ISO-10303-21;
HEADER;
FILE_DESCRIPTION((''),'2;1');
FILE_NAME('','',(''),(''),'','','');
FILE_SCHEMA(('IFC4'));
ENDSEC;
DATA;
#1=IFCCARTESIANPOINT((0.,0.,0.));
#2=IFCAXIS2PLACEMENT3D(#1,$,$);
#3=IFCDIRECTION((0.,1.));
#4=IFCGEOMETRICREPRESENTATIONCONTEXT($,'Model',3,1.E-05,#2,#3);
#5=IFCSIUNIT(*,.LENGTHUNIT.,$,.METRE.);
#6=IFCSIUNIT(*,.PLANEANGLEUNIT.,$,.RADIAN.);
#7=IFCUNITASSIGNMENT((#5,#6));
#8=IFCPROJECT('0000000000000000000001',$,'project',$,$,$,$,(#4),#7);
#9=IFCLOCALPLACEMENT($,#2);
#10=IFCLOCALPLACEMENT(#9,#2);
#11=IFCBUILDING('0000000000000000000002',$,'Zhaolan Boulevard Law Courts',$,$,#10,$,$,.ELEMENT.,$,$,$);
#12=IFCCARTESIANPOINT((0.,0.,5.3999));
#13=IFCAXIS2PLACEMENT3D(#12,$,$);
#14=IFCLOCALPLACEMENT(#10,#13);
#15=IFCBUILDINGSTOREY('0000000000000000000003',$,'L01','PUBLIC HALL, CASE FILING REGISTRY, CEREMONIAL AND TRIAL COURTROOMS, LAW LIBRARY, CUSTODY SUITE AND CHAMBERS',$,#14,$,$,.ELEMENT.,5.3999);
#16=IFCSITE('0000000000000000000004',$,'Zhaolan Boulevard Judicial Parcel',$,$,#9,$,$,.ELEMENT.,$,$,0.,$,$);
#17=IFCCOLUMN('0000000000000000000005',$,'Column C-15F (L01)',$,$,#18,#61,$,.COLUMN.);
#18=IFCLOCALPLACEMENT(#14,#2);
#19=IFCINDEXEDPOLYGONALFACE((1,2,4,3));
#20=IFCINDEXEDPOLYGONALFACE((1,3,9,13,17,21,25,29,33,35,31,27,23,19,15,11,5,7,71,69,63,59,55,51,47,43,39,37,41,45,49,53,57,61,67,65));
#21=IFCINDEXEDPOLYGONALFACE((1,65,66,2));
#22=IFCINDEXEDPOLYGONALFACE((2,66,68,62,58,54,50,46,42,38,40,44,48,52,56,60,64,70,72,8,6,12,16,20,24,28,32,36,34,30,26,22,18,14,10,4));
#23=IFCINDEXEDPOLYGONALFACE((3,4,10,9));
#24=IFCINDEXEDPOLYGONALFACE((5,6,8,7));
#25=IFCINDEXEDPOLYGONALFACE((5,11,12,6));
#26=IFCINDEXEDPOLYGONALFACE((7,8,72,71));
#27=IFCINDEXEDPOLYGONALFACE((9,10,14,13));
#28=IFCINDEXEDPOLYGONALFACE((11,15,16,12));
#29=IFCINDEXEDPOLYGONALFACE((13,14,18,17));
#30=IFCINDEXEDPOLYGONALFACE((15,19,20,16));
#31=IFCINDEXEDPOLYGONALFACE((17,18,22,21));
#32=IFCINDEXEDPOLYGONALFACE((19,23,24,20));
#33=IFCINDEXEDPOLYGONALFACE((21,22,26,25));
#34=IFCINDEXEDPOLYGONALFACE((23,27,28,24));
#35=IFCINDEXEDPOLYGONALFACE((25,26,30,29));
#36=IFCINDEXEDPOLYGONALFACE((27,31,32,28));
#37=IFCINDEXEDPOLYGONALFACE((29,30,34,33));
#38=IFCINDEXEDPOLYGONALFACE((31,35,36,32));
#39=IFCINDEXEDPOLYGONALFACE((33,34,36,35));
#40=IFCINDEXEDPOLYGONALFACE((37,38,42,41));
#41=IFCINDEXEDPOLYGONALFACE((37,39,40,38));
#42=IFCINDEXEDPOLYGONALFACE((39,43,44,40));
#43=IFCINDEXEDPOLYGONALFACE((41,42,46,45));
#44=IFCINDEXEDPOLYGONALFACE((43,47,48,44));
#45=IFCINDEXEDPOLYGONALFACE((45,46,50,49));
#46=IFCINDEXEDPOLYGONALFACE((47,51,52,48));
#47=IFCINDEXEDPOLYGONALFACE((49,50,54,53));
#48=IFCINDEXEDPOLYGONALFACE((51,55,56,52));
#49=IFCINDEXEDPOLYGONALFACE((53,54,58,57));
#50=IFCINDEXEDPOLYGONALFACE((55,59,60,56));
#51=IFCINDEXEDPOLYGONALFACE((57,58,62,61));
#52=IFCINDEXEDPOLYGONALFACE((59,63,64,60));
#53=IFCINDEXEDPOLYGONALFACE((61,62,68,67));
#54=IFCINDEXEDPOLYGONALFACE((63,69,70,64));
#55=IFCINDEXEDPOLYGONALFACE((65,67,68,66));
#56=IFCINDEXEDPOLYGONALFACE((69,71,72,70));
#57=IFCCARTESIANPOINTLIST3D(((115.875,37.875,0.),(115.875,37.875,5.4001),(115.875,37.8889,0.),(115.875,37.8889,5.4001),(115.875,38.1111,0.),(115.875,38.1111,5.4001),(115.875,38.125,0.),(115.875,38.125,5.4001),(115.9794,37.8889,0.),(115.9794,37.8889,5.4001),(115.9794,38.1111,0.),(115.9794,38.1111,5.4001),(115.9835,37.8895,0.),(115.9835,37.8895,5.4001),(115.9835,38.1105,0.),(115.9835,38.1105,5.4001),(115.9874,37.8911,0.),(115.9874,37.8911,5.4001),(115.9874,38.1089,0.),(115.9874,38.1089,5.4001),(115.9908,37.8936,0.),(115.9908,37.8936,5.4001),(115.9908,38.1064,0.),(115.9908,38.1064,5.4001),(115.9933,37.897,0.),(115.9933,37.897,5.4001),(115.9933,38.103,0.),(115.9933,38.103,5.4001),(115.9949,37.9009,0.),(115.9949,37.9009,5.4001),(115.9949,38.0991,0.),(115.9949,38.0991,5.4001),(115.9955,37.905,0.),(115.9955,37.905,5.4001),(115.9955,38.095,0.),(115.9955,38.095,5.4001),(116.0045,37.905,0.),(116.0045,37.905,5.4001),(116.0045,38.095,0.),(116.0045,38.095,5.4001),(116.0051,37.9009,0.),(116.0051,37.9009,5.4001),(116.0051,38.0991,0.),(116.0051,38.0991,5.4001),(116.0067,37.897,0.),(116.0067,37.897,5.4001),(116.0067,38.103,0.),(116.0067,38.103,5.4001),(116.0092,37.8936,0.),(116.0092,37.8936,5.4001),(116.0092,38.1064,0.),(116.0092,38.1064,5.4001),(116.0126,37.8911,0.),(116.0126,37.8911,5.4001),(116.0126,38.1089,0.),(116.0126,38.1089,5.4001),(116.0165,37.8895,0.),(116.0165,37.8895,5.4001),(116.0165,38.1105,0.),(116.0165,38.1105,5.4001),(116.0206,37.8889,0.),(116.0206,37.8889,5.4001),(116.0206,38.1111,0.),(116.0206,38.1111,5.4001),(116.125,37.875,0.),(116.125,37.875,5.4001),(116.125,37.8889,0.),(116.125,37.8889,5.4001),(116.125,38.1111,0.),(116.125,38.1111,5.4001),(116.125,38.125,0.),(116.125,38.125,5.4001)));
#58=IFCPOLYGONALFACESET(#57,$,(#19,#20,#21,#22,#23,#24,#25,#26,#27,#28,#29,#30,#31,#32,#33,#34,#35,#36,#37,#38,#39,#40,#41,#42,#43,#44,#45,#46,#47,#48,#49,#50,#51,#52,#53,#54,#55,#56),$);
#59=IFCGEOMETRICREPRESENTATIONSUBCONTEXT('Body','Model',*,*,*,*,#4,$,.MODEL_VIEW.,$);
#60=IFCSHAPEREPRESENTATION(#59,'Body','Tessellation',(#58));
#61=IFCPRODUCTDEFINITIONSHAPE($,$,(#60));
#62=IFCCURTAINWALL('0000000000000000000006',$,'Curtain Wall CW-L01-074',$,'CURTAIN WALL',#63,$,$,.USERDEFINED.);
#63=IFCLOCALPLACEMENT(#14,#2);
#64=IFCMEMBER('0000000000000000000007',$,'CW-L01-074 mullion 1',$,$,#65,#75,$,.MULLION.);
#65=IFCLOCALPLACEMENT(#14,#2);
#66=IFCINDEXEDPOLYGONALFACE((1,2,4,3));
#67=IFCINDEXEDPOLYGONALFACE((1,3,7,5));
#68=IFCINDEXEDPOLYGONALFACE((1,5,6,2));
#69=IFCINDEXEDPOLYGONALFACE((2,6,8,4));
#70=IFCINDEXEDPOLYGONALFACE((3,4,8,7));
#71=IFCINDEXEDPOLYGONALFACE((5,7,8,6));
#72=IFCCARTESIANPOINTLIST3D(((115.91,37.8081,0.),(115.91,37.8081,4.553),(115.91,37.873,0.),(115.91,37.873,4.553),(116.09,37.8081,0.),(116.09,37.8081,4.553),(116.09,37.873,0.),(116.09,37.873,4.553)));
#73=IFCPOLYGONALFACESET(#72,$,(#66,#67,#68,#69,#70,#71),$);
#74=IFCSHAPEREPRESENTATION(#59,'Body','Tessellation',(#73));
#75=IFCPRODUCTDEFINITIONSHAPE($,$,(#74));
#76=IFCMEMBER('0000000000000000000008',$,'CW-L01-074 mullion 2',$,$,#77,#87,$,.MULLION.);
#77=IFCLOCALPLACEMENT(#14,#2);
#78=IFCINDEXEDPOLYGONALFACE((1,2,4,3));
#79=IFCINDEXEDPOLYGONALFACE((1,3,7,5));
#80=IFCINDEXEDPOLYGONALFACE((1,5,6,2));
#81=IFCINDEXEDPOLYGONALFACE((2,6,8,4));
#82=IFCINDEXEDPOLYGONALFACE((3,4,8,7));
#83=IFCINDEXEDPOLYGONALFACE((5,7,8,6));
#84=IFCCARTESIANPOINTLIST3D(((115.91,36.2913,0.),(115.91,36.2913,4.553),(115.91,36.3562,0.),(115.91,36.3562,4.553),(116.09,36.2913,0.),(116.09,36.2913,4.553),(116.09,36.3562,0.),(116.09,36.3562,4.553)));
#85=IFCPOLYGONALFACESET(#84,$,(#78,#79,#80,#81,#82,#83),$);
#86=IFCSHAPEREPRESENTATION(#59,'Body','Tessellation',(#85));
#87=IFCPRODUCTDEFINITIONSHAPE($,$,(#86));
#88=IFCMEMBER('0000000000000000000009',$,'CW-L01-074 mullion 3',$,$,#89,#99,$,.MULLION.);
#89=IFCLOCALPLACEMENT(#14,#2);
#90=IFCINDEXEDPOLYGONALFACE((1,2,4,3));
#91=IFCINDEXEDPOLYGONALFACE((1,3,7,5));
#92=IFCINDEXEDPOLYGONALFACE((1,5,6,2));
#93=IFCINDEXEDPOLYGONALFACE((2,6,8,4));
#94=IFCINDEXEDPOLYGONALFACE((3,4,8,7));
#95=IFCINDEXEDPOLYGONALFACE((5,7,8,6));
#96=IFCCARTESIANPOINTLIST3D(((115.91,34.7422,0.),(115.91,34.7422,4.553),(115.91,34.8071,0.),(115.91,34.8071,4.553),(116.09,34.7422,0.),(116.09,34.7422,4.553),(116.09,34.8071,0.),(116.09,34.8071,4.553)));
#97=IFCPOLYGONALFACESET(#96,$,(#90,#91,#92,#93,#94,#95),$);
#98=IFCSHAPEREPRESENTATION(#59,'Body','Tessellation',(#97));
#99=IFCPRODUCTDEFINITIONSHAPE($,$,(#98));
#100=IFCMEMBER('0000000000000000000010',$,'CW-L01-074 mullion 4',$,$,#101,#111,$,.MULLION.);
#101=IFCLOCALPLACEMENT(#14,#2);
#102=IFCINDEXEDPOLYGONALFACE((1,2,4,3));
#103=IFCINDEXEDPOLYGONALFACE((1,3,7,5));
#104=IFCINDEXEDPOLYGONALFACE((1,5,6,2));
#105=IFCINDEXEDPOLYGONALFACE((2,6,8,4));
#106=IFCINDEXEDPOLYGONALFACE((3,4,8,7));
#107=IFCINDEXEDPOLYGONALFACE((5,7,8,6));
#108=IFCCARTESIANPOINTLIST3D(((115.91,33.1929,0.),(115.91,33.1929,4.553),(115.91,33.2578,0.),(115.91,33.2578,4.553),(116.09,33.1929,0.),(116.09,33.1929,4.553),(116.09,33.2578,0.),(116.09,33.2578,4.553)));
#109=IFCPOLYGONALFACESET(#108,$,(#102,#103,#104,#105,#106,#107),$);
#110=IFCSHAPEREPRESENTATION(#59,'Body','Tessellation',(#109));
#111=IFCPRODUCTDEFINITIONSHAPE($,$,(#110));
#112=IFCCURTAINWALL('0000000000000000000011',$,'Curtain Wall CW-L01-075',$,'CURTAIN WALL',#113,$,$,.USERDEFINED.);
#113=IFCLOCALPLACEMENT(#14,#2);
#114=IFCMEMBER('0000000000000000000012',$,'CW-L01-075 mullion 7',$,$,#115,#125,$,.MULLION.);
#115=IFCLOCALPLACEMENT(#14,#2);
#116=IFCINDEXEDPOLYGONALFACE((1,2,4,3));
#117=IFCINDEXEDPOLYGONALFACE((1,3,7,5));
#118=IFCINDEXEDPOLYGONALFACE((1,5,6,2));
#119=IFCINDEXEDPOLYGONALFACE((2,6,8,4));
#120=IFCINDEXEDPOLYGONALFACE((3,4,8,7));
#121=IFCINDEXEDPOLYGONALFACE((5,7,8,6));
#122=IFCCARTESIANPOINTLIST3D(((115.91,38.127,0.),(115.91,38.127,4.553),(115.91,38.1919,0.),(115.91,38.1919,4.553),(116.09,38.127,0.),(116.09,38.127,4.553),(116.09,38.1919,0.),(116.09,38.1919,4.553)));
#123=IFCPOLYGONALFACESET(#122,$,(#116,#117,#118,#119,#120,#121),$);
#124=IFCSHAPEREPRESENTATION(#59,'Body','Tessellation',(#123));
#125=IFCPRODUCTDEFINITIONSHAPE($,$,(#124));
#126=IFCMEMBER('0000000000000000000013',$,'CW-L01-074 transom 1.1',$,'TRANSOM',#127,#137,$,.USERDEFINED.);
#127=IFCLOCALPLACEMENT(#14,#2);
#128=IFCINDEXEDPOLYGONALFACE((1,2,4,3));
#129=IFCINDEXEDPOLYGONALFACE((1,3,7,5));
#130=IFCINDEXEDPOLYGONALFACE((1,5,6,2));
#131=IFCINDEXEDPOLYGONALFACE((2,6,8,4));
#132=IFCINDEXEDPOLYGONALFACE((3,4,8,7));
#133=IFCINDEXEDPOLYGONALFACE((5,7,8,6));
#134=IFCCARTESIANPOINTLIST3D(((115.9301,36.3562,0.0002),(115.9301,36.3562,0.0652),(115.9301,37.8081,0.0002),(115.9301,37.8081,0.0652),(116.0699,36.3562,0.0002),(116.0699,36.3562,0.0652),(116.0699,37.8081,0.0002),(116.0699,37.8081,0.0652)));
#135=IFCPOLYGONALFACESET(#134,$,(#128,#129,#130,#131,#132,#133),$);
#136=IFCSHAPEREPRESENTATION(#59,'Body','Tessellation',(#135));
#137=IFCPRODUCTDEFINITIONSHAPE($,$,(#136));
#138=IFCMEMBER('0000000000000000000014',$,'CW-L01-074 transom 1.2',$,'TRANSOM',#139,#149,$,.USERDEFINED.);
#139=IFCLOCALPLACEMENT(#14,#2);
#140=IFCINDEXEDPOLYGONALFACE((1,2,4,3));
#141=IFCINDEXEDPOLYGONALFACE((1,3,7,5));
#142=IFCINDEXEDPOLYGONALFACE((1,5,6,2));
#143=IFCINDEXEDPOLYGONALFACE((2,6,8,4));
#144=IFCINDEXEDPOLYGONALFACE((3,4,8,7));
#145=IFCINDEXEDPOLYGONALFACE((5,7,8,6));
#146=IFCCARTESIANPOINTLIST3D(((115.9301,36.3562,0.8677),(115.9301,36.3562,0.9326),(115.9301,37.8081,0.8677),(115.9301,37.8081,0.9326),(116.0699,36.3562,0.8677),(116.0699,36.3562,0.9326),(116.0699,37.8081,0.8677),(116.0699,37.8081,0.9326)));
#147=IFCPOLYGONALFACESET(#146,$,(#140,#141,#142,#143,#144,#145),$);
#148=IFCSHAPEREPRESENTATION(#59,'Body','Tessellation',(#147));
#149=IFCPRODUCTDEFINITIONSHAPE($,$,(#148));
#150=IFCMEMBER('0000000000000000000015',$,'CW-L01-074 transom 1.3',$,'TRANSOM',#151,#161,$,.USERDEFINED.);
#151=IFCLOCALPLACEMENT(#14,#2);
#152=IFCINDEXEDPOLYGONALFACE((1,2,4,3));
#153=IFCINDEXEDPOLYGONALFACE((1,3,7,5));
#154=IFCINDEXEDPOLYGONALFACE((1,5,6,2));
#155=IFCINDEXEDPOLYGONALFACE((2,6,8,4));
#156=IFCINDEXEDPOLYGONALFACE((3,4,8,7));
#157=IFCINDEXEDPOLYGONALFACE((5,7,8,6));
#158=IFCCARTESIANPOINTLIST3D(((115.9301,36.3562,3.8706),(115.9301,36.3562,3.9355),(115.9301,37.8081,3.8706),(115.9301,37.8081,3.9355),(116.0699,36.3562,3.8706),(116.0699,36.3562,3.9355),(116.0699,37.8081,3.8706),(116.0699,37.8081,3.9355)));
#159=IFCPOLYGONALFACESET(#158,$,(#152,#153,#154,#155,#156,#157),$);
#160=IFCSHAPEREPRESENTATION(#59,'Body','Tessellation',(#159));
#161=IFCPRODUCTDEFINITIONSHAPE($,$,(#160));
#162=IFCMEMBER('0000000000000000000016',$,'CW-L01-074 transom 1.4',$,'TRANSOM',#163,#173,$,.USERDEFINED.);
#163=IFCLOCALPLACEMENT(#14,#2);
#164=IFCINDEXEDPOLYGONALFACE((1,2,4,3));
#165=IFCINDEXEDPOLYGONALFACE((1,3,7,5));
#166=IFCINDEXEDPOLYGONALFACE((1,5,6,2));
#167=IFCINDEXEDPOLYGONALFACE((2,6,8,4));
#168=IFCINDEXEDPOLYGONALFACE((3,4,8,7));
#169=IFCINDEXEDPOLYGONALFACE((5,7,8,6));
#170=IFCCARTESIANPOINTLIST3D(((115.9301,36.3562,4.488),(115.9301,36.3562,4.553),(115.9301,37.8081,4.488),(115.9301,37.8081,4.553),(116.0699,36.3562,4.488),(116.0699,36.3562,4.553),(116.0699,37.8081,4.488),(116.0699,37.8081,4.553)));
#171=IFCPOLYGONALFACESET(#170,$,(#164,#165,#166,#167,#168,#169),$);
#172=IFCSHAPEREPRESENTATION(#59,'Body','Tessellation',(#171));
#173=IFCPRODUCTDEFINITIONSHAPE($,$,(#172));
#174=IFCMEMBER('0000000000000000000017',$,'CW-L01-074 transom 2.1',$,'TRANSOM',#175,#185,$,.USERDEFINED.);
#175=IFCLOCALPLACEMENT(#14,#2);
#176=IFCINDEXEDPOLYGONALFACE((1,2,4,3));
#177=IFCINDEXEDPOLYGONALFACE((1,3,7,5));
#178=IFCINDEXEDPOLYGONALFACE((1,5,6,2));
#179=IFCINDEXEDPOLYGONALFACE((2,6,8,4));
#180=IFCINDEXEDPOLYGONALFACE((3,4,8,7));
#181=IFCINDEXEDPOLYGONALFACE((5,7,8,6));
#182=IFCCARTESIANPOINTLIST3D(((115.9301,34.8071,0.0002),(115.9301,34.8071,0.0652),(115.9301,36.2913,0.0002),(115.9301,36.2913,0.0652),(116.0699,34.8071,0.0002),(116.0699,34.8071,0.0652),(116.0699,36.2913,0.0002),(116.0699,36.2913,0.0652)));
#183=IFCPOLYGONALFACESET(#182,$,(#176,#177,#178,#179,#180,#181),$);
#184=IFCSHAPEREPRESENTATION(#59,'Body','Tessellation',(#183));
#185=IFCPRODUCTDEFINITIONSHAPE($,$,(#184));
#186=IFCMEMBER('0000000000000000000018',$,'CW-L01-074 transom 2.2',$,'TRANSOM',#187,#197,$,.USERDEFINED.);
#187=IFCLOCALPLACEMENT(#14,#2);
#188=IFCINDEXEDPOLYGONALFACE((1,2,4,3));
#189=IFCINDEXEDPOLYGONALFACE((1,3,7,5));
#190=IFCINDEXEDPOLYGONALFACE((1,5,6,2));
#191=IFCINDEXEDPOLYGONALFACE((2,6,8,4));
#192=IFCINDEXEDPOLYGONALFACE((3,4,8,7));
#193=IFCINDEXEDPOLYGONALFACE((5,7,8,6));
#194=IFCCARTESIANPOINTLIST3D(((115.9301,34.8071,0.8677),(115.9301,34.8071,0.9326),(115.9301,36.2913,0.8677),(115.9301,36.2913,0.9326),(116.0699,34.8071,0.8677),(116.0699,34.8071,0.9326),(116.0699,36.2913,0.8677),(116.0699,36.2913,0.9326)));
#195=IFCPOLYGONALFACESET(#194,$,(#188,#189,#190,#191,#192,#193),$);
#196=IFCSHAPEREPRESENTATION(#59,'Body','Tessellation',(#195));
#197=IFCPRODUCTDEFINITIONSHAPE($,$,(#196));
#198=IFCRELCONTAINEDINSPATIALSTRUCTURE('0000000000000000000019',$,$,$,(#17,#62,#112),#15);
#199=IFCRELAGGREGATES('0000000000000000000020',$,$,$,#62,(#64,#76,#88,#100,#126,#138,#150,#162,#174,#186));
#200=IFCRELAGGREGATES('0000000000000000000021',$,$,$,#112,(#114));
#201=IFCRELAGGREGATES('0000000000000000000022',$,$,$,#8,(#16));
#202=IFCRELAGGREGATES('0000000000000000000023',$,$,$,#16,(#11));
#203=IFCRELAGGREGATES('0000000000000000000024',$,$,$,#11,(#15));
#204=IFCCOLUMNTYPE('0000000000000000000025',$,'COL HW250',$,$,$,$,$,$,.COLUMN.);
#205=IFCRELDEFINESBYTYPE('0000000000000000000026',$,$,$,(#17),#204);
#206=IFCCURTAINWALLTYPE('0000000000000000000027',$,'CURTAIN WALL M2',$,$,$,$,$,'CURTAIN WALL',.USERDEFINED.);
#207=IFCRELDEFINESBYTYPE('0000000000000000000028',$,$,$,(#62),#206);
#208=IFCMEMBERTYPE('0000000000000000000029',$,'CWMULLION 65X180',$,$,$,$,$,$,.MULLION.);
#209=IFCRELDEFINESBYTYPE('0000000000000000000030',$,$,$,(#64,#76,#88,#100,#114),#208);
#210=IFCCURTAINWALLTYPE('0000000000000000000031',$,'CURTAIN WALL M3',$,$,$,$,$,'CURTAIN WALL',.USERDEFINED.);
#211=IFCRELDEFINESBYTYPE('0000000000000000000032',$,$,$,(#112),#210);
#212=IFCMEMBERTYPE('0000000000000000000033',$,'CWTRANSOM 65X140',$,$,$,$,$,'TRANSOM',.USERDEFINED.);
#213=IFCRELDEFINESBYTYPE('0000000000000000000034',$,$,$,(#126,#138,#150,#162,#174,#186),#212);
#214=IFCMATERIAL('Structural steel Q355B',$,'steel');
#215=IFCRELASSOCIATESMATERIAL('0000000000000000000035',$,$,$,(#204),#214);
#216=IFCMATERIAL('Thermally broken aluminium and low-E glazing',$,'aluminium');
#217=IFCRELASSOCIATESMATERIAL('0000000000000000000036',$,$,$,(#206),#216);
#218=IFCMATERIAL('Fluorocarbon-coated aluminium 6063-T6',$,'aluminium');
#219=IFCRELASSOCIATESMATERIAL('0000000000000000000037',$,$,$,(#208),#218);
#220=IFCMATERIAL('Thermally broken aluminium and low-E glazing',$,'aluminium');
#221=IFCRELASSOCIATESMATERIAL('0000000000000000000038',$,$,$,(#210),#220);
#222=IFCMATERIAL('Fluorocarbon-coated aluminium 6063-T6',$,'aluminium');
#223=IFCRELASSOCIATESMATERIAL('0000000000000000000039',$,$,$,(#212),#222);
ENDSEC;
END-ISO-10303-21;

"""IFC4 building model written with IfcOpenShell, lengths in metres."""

from ifc_helpers import new_model, si_unit, direction, frame, origin, origin_2d, place, context, subcontext, project, spatial, rectangle, i_section, extrude, material, material_profile, profile_set, type_object, element, aggregate, save


model = new_model("IFC4")

# Units and contexts
model_context = context("Model", 3, precision=1e-05, world=origin(), true_north=direction((0.0, 1.0)))
body_context = subcontext(model_context, "Body", "Model", "MODEL_VIEW")
ifc_project = project(units=[si_unit("LENGTHUNIT", "METRE"), si_unit("PLANEANGLEUNIT", "RADIAN")], contexts=[model_context])

# Site, building, storey
site_placement = place(None, origin())
site = spatial("IfcSite", under=ifc_project, at=site_placement, Name="Zhaolan Boulevard Judicial Parcel", CompositionType="ELEMENT", RefElevation=0.0)
building_placement = place(site_placement, origin())
building = spatial("IfcBuilding", under=site, at=building_placement, Name="Zhaolan Boulevard Law Courts", CompositionType="ELEMENT")
storey_placement = place(building_placement, frame((0.0, 0.0, 5.3999)))
storey = spatial("IfcBuildingStorey", under=building, at=storey_placement, Name="L01", Description="PUBLIC HALL, CASE FILING REGISTRY, CEREMONIAL AND TRIAL COURTROOMS, LAW LIBRARY, CUSTODY SUITE AND CHAMBERS", CompositionType="ELEMENT", Elevation=5.3999)

# Column
ifc_material_1 = material(Name="Structural steel Q355B", Category="steel")
ifc_material_profile_1 = material_profile(ifc_material_1, i_section(OverallWidth=0.25, OverallDepth=0.25, WebThickness=0.009, FlangeThickness=0.0139, FilletRadius=0.0161, at=origin_2d()), Name="HW250x250")
ifc_profile_set_1 = profile_set([ifc_material_profile_1], Name="Structural steel Q355B")
column_type = type_object("IfcColumnType", Name="COL HW250", PredefinedType="COLUMN", material=ifc_profile_set_1)
column_placement = place(storey_placement, frame((116.0, 38.0, 0.0), z_axis=(0.0, 0.0, 1.0), x_axis=(1.0, 0.0, 0.0)))
element("IfcColumn", 1, at=column_placement, inside=storey, type_object=column_type, Name="Column C-15F (L01)", PredefinedType="COLUMN", context=body_context, shape_type="SweptSolid", body=[
    extrude(i_section(OverallWidth=0.25, OverallDepth=0.25, WebThickness=0.009, FlangeThickness=0.0139, FilletRadius=0.0161, at=origin_2d()), origin(), (0.0, 0.0, 1.0), 5.4001),
])

# Curtain wall, members
ifc_material_2 = material(Name="Thermally broken aluminium and low-E glazing", Category="aluminium")
curtain_wall_type_1 = type_object("IfcCurtainWallType", Name="CURTAIN WALL M2", ElementType="CURTAIN WALL", PredefinedType="USERDEFINED", material=ifc_material_2)
curtain_wall_1_placement = place(storey_placement, origin())
curtain_wall_1 = element("IfcCurtainWall", 2, at=curtain_wall_1_placement, inside=storey, type_object=curtain_wall_type_1, Name="Curtain Wall CW-L01-074", ObjectType="CURTAIN WALL", PredefinedType="USERDEFINED")
ifc_material_3 = material(Name="Fluorocarbon-coated aluminium 6063-T6", Category="aluminium")
ifc_material_profile_2 = material_profile(ifc_material_3, rectangle(XDim=0.1799, YDim=0.0649, at=origin_2d()), Name="AL65x180")
ifc_profile_set_2 = profile_set([ifc_material_profile_2], Name="Fluorocarbon-coated aluminium 6063-T6")
member_type_1 = type_object("IfcMemberType", Name="CWMULLION 65X180", PredefinedType="MULLION", material=ifc_profile_set_2)
member_1_placement = place(storey_placement, frame((116.0, 37.8406, 0.0), z_axis=(0.0, 0.0, 1.0), x_axis=(1.0, 0.0, 0.0)))
member_1 = element("IfcMember", 3, at=member_1_placement, type_object=member_type_1, Name="CW-L01-074 mullion 1", PredefinedType="MULLION", context=body_context, shape_type="SweptSolid", body=[
    extrude(rectangle(XDim=0.1799, YDim=0.0649, at=origin_2d()), origin(), (0.0, 0.0, 1.0), 4.553),
])
member_2_placement = place(storey_placement, frame((116.0, 36.3237, 0.0), z_axis=(0.0, 0.0, 1.0), x_axis=(1.0, 0.0, 0.0)))
member_2 = element("IfcMember", 4, at=member_2_placement, type_object=member_type_1, Name="CW-L01-074 mullion 2", PredefinedType="MULLION", context=body_context, shape_type="SweptSolid", body=[
    extrude(rectangle(XDim=0.1799, YDim=0.0649, at=origin_2d()), origin(), (0.0, 0.0, 1.0), 4.553),
])
member_3_placement = place(storey_placement, frame((116.0, 34.7747, 0.0), z_axis=(0.0, 0.0, 1.0), x_axis=(1.0, 0.0, 0.0)))
member_3 = element("IfcMember", 5, at=member_3_placement, type_object=member_type_1, Name="CW-L01-074 mullion 3", PredefinedType="MULLION", context=body_context, shape_type="SweptSolid", body=[
    extrude(rectangle(XDim=0.1799, YDim=0.0649, at=origin_2d()), origin(), (0.0, 0.0, 1.0), 4.553),
])
member_4_placement = place(storey_placement, frame((116.0, 33.2253, 0.0), z_axis=(0.0, 0.0, 1.0), x_axis=(1.0, 0.0, 0.0)))
member_4 = element("IfcMember", 6, at=member_4_placement, type_object=member_type_1, Name="CW-L01-074 mullion 4", PredefinedType="MULLION", context=body_context, shape_type="SweptSolid", body=[
    extrude(rectangle(XDim=0.1799, YDim=0.0649, at=origin_2d()), origin(), (0.0, 0.0, 1.0), 4.553),
])

# Curtain wall, member
ifc_material_4 = material(Name="Thermally broken aluminium and low-E glazing", Category="aluminium")
curtain_wall_type_2 = type_object("IfcCurtainWallType", Name="CURTAIN WALL M3", ElementType="CURTAIN WALL", PredefinedType="USERDEFINED", material=ifc_material_4)
curtain_wall_2_placement = place(storey_placement, origin())
curtain_wall_2 = element("IfcCurtainWall", 7, at=curtain_wall_2_placement, inside=storey, type_object=curtain_wall_type_2, Name="Curtain Wall CW-L01-075", ObjectType="CURTAIN WALL", PredefinedType="USERDEFINED")
member_5_placement = place(storey_placement, frame((116.0, 38.1594, 0.0), z_axis=(0.0, 0.0, 1.0), x_axis=(1.0, 0.0, 0.0)))
member_5 = element("IfcMember", 8, at=member_5_placement, type_object=member_type_1, Name="CW-L01-075 mullion 7", PredefinedType="MULLION", context=body_context, shape_type="SweptSolid", body=[
    extrude(rectangle(XDim=0.1799, YDim=0.0649, at=origin_2d()), origin(), (0.0, 0.0, 1.0), 4.553),
])

# Members
ifc_material_5 = material(Name="Fluorocarbon-coated aluminium 6063-T6", Category="aluminium")
ifc_material_profile_3 = material_profile(ifc_material_5, rectangle(XDim=0.1399, YDim=0.0649, at=origin_2d()), Name="AL65x140")
ifc_profile_set_3 = profile_set([ifc_material_profile_3], Name="Fluorocarbon-coated aluminium 6063-T6")
member_type_2 = type_object("IfcMemberType", Name="CWTRANSOM 65X140", ElementType="TRANSOM", PredefinedType="USERDEFINED", material=ifc_profile_set_3)
member_6_placement = place(storey_placement, frame((116.0, 37.8081, 0.0327), z_axis=(0.0, -1.0, 0.0), x_axis=(1.0, 0.0, 0.0)))
member_6 = element("IfcMember", 9, at=member_6_placement, type_object=member_type_2, Name="CW-L01-074 transom 1.1", ObjectType="TRANSOM", PredefinedType="USERDEFINED", context=body_context, shape_type="SweptSolid", body=[
    extrude(rectangle(XDim=0.1399, YDim=0.0649, at=origin_2d()), origin(), (0.0, 0.0, 1.0), 1.4519),
])
member_7_placement = place(storey_placement, frame((116.0, 37.8081, 0.9001), z_axis=(0.0, -1.0, 0.0), x_axis=(1.0, 0.0, 0.0)))
member_7 = element("IfcMember", 10, at=member_7_placement, type_object=member_type_2, Name="CW-L01-074 transom 1.2", ObjectType="TRANSOM", PredefinedType="USERDEFINED", context=body_context, shape_type="SweptSolid", body=[
    extrude(rectangle(XDim=0.1399, YDim=0.0649, at=origin_2d()), origin(), (0.0, 0.0, 1.0), 1.4519),
])
member_8_placement = place(storey_placement, frame((116.0, 37.8081, 3.9031), z_axis=(0.0, -1.0, 0.0), x_axis=(1.0, 0.0, 0.0)))
member_8 = element("IfcMember", 11, at=member_8_placement, type_object=member_type_2, Name="CW-L01-074 transom 1.3", ObjectType="TRANSOM", PredefinedType="USERDEFINED", context=body_context, shape_type="SweptSolid", body=[
    extrude(rectangle(XDim=0.1399, YDim=0.0649, at=origin_2d()), origin(), (0.0, 0.0, 1.0), 1.4519),
])
member_9_placement = place(storey_placement, frame((116.0, 37.8081, 4.5205), z_axis=(0.0, -1.0, 0.0), x_axis=(1.0, 0.0, 0.0)))
member_9 = element("IfcMember", 12, at=member_9_placement, type_object=member_type_2, Name="CW-L01-074 transom 1.4", ObjectType="TRANSOM", PredefinedType="USERDEFINED", context=body_context, shape_type="SweptSolid", body=[
    extrude(rectangle(XDim=0.1399, YDim=0.0649, at=origin_2d()), origin(), (0.0, 0.0, 1.0), 1.4519),
])
member_10_placement = place(storey_placement, frame((116.0, 36.2913, 0.0327), z_axis=(0.0, -1.0, 0.0), x_axis=(1.0, 0.0, 0.0)))
member_10 = element("IfcMember", 13, at=member_10_placement, type_object=member_type_2, Name="CW-L01-074 transom 2.1", ObjectType="TRANSOM", PredefinedType="USERDEFINED", context=body_context, shape_type="SweptSolid", body=[
    extrude(rectangle(XDim=0.1399, YDim=0.0649, at=origin_2d()), origin(), (0.0, 0.0, 1.0), 1.4841),
])
member_11_placement = place(storey_placement, frame((116.0, 36.2913, 0.9001), z_axis=(0.0, -1.0, 0.0), x_axis=(1.0, 0.0, 0.0)))
member_11 = element("IfcMember", 14, at=member_11_placement, type_object=member_type_2, Name="CW-L01-074 transom 2.2", ObjectType="TRANSOM", PredefinedType="USERDEFINED", context=body_context, shape_type="SweptSolid", body=[
    extrude(rectangle(XDim=0.1399, YDim=0.0649, at=origin_2d()), origin(), (0.0, 0.0, 1.0), 1.4841),
])

aggregate(curtain_wall_1, [member_1, member_2, member_3, member_4, member_6, member_7, member_8, member_9, member_10, member_11])
aggregate(curtain_wall_2, [member_5])

save(model, "model.ifc")
